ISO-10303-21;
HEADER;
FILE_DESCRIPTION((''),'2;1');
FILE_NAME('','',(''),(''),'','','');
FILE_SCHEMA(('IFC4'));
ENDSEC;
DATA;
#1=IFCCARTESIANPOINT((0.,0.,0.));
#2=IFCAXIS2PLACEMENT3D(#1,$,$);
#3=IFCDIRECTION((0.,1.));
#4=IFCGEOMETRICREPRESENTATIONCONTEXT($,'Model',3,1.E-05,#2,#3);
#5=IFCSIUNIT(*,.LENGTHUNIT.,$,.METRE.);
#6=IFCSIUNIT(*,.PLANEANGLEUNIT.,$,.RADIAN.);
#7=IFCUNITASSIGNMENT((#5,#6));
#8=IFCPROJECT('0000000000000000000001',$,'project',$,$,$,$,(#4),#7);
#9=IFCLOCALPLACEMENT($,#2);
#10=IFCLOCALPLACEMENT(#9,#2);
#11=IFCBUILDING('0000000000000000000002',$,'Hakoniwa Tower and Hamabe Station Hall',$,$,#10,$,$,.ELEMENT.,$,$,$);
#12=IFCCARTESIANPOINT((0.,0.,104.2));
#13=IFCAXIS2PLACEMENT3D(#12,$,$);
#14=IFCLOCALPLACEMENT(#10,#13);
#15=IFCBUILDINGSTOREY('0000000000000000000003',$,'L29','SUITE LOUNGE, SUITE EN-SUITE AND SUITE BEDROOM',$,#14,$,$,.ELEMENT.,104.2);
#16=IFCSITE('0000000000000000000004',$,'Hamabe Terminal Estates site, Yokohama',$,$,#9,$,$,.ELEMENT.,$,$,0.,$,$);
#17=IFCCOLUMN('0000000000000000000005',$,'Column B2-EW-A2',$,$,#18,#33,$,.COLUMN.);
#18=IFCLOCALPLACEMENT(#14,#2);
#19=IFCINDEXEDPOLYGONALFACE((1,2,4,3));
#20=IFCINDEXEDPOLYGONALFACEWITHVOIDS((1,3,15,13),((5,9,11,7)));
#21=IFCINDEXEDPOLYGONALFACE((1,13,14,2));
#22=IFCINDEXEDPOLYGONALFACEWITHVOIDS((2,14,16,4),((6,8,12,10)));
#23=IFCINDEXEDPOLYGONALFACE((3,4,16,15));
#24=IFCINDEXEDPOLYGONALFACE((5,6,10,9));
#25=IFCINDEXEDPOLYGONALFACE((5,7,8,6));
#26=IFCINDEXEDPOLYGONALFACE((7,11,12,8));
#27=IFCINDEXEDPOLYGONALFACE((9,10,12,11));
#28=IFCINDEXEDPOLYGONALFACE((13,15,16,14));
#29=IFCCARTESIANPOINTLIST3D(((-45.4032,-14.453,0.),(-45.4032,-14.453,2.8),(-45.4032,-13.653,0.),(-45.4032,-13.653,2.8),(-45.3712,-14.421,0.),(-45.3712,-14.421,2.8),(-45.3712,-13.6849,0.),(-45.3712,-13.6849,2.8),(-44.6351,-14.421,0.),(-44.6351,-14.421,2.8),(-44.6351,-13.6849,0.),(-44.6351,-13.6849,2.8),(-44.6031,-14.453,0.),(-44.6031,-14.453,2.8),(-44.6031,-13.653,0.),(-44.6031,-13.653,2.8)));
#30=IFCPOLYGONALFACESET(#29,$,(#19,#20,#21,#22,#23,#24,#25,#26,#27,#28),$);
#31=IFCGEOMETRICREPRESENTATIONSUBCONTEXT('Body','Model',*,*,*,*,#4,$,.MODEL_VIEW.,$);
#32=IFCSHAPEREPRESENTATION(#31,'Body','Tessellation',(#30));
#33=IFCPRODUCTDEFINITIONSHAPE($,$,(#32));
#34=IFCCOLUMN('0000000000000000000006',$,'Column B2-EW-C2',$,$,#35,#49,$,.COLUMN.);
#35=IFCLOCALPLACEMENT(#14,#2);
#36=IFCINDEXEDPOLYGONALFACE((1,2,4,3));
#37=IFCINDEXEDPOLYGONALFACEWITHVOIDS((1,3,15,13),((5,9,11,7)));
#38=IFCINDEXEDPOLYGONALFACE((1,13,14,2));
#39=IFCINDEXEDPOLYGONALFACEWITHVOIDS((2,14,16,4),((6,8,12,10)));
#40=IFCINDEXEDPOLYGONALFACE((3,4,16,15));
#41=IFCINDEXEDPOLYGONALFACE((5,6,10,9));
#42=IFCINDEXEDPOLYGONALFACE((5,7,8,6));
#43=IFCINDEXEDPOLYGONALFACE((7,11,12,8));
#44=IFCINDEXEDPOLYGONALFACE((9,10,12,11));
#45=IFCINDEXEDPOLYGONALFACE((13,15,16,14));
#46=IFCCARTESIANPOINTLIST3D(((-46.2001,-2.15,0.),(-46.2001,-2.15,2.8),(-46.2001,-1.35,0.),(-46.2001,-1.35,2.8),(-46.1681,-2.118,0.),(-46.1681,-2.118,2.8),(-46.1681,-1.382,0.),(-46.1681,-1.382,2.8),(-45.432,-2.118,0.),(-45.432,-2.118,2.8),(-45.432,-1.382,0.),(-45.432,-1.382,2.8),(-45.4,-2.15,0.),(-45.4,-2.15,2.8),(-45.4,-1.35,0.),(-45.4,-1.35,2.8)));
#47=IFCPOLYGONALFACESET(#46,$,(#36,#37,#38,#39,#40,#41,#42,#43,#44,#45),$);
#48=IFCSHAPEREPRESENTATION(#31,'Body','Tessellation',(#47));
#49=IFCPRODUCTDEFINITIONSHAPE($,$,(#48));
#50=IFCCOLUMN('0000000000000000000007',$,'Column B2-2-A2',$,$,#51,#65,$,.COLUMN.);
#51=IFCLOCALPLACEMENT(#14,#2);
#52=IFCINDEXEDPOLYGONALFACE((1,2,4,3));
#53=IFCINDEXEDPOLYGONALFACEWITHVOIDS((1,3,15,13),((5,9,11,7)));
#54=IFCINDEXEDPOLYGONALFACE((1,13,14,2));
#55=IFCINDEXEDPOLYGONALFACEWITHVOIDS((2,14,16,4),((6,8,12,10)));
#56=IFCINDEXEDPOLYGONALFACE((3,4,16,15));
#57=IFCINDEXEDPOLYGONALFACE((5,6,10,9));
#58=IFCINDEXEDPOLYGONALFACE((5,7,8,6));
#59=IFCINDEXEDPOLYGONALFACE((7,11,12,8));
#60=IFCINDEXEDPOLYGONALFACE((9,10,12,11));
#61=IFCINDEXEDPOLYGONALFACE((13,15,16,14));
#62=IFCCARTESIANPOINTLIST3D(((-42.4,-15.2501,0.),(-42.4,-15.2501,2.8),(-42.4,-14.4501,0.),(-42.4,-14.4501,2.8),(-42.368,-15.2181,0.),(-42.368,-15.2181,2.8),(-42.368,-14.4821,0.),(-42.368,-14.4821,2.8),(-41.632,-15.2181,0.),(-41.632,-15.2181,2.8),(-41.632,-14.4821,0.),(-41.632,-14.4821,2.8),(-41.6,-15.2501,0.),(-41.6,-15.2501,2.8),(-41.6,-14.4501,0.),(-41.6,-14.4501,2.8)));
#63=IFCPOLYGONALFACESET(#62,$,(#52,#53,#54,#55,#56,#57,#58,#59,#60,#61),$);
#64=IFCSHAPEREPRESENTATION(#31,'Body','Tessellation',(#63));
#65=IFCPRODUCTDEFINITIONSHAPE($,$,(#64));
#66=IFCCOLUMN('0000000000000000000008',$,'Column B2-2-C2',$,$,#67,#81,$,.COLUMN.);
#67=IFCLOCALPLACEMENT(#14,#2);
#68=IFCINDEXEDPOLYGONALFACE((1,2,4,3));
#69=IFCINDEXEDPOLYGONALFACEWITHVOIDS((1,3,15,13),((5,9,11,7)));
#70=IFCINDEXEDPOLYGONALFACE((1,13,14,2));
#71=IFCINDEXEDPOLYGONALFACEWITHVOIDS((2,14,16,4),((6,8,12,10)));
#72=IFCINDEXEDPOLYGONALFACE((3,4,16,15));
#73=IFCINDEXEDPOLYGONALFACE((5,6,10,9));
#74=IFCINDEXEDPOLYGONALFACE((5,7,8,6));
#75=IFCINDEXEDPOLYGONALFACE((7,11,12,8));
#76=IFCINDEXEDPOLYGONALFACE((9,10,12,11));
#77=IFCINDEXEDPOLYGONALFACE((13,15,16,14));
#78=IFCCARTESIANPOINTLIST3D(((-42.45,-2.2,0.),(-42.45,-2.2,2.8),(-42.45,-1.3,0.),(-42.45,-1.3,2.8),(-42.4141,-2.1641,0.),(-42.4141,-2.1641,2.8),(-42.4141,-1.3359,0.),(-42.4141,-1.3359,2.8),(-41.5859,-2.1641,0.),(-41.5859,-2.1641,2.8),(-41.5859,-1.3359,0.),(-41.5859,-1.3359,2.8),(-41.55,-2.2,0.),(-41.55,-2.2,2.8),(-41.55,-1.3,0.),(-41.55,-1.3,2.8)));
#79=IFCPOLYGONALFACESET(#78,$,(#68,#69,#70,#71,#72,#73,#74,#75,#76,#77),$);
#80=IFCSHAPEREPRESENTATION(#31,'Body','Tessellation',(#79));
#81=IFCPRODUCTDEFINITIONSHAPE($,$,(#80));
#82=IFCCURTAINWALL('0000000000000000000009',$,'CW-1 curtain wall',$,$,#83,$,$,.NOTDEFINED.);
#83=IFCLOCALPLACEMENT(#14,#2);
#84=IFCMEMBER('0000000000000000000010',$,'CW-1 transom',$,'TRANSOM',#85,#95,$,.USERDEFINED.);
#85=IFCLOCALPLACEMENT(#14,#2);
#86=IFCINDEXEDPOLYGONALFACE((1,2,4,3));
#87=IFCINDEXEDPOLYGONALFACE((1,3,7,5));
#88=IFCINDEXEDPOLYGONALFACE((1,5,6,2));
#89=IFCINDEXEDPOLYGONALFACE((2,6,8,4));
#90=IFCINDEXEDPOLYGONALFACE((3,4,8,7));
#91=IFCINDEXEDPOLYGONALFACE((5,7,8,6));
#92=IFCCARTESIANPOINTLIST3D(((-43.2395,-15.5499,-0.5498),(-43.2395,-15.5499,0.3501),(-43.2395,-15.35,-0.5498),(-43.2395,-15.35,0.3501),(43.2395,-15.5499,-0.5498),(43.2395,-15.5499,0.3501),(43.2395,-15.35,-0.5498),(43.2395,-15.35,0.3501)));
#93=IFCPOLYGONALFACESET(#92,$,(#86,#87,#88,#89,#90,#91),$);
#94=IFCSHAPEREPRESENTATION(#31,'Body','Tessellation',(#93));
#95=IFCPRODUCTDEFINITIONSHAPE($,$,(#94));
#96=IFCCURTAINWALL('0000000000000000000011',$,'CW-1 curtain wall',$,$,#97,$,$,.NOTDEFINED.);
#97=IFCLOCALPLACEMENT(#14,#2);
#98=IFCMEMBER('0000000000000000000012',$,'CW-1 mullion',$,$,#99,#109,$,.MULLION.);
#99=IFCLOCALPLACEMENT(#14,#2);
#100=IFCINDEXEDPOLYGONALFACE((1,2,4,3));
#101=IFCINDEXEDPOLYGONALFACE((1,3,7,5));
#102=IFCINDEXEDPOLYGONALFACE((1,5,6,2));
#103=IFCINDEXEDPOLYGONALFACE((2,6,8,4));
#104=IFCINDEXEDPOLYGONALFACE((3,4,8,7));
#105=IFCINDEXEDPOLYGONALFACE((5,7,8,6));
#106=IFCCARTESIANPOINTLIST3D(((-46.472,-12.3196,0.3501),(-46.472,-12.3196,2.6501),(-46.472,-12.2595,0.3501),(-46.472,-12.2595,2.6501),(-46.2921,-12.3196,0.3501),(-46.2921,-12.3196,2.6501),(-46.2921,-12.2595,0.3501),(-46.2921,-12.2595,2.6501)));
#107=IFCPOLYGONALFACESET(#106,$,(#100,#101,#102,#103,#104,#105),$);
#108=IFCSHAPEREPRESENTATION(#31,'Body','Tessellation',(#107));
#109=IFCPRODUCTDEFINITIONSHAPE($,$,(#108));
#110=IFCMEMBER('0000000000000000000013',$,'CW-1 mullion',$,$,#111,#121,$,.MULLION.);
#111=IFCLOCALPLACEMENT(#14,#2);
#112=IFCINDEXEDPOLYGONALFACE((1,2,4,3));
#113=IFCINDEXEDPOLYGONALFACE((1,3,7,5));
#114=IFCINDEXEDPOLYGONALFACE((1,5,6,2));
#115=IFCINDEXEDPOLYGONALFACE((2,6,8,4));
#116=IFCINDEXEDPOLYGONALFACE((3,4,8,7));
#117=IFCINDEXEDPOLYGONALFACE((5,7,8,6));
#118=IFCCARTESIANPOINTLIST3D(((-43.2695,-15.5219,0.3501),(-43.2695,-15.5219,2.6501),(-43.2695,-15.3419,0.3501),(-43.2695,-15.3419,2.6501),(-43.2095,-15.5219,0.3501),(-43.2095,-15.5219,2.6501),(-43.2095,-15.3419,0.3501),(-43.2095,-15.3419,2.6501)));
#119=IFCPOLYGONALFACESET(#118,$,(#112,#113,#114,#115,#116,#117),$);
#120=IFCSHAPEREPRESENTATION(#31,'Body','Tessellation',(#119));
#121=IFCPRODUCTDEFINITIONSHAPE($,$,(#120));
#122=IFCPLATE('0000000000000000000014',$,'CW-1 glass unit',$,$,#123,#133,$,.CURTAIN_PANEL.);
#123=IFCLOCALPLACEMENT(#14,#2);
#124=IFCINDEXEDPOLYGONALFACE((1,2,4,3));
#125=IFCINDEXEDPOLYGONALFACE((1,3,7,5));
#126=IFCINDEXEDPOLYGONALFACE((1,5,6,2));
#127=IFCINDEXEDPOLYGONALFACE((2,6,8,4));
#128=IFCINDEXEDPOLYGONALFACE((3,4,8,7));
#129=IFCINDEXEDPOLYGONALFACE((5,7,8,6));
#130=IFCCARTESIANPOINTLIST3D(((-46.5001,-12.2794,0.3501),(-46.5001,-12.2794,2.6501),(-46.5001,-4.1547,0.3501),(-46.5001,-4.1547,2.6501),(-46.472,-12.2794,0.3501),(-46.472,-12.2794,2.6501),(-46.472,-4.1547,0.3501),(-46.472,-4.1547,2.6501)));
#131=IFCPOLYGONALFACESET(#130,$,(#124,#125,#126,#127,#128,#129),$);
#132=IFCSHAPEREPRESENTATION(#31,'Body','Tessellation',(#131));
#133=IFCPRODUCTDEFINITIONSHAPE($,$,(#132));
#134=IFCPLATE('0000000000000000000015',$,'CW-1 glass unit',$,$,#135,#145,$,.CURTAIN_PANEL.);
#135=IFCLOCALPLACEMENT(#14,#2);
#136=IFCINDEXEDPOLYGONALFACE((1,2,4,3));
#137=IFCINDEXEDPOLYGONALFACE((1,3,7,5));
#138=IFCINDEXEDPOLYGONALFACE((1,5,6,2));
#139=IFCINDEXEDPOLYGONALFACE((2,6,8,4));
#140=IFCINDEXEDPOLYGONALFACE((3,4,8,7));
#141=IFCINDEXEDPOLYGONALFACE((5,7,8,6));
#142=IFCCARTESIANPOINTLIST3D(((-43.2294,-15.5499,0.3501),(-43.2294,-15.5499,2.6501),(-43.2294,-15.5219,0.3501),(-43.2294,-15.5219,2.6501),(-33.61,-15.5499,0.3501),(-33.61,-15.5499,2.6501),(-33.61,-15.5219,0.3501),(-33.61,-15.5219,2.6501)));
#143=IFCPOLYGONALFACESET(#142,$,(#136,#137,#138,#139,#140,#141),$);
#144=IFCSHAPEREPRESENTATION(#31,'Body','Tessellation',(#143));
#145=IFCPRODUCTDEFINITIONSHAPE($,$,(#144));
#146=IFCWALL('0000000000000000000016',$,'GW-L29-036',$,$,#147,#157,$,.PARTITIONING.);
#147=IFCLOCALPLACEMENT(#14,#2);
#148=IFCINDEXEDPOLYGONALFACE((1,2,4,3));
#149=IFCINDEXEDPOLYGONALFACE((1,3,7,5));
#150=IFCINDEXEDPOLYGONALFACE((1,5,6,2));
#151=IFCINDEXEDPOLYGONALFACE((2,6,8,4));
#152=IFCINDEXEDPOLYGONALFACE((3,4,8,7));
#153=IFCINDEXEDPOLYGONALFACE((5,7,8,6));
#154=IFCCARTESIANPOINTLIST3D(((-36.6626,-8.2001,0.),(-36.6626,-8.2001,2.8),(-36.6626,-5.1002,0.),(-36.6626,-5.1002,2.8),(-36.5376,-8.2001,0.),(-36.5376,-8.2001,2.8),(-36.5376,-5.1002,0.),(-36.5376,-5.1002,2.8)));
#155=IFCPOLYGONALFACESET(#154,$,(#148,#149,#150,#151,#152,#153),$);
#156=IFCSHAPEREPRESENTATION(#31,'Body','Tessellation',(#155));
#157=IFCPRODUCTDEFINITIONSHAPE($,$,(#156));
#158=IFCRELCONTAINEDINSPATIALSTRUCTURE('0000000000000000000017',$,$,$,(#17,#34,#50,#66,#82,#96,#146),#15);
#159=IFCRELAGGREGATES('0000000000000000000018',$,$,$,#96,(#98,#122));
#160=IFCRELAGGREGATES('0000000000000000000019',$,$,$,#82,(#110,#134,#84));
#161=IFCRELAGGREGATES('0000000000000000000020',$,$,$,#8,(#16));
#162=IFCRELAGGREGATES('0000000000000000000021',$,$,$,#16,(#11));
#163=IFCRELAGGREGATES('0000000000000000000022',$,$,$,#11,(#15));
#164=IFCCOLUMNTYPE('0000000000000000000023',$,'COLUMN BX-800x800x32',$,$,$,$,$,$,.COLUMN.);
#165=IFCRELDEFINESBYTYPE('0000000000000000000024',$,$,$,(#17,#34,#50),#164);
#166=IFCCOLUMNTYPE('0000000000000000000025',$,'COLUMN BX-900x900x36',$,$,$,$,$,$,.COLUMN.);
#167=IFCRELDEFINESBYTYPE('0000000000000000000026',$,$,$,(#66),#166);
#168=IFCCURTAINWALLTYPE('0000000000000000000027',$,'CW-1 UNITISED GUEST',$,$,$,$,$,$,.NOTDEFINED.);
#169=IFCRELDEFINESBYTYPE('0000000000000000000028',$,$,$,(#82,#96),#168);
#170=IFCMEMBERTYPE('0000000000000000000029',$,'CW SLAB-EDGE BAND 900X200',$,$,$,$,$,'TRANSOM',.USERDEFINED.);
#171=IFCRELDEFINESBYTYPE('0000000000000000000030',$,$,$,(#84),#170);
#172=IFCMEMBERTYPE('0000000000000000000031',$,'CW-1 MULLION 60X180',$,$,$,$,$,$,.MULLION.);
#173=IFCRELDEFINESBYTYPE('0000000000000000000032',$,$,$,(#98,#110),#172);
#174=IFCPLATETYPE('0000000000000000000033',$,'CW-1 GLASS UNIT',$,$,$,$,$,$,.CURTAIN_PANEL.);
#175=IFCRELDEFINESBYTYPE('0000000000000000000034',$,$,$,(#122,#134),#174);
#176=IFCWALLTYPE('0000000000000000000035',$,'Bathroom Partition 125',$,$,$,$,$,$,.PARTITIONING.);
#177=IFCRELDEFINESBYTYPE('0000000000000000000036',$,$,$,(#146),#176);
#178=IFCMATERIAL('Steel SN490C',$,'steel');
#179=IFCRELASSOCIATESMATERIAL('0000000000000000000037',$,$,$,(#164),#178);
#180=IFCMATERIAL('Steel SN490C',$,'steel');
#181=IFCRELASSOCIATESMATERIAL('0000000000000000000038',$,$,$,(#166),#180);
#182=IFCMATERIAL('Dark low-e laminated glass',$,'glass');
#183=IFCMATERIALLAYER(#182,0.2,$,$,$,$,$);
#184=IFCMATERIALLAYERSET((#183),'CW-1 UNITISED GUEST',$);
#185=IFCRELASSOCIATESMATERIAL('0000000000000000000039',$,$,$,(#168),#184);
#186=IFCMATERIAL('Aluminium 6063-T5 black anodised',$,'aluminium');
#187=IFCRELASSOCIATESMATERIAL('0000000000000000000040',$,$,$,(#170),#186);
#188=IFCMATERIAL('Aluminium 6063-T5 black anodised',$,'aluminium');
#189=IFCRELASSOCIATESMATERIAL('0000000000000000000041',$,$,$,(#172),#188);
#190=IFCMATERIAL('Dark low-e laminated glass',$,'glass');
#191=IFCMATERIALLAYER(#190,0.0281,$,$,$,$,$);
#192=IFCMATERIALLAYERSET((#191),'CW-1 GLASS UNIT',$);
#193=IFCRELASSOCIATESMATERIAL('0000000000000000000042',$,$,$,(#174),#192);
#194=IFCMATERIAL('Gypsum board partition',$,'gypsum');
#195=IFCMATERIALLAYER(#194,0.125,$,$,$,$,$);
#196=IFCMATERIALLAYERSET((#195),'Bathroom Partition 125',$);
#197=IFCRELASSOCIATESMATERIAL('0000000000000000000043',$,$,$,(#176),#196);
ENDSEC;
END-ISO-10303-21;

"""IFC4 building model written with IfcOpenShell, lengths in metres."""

from ifc_helpers import new_model, si_unit, direction, frame, frame_2d, origin, origin_2d, place, context, subcontext, project, spatial, rectangle, hollow_rectangle, extrude, material, layer, layer_set, material_profile, profile_set, type_object, element, aggregate, save


model = new_model("IFC4")

# Units and contexts
model_context = context("Model", 3, precision=1e-05, world=origin(), true_north=direction((0.0, 1.0)))
body_context = subcontext(model_context, "Body", "Model", "MODEL_VIEW")
ifc_project = project(units=[si_unit("LENGTHUNIT", "METRE"), si_unit("PLANEANGLEUNIT", "RADIAN")], contexts=[model_context])

# Site, building, storey
site_placement = place(None, origin())
site = spatial("IfcSite", under=ifc_project, at=site_placement, Name="Hamabe Terminal Estates site, Yokohama", CompositionType="ELEMENT", RefElevation=0.0)
building_placement = place(site_placement, origin())
building = spatial("IfcBuilding", under=site, at=building_placement, Name="Hakoniwa Tower and Hamabe Station Hall", CompositionType="ELEMENT")
storey_placement = place(building_placement, frame((0.0, 0.0, 104.2)))
storey = spatial("IfcBuildingStorey", under=building, at=storey_placement, Name="L29", Description="SUITE LOUNGE, SUITE EN-SUITE AND SUITE BEDROOM", CompositionType="ELEMENT", Elevation=104.2)

# Columns
ifc_material_1 = material(Name="Steel SN490C", Category="steel")
ifc_material_profile_1 = material_profile(ifc_material_1, hollow_rectangle(XDim=0.8, YDim=0.8, WallThickness=0.032, at=origin_2d()), Name="BX-800x800x32")
ifc_profile_set_1 = profile_set([ifc_material_profile_1], Name="Steel SN490C")
column_type_1 = type_object("IfcColumnType", Name="COLUMN BX-800x800x32", PredefinedType="COLUMN", material=ifc_profile_set_1)
for number, where, z_axis, x_axis, name in (
    (1, (-45.0032, -14.053, 0.0), (0.0, 0.0, 1.0), (1.0, 0.0, 0.0), "Column B2-EW-A2"),
    (2, (-45.8, -1.75, 0.0), (0.0, 0.0, 1.0), (1.0, 0.0, 0.0), "Column B2-EW-C2"),
    (3, (-42.0, -14.8501, 0.0), (0.0, 0.0, 1.0), (1.0, 0.0, 0.0), "Column B2-2-A2"),
):
    element("IfcColumn", number, at=place(storey_placement, frame(where, z_axis=z_axis, x_axis=x_axis)), inside=storey, type_object=column_type_1, Name=name, PredefinedType="COLUMN", context=body_context, shape_type="SweptSolid", body=[
        extrude(hollow_rectangle(XDim=0.8, YDim=0.8, WallThickness=0.032, at=origin_2d()), origin(), (0.0, 0.0, 1.0), 2.8),
    ])
ifc_material_2 = material(Name="Steel SN490C", Category="steel")
ifc_material_profile_2 = material_profile(ifc_material_2, hollow_rectangle(XDim=0.8999, YDim=0.8999, WallThickness=0.0359, at=origin_2d()), Name="BX-900x900x36")
ifc_profile_set_2 = profile_set([ifc_material_profile_2], Name="Steel SN490C")
column_type_2 = type_object("IfcColumnType", Name="COLUMN BX-900x900x36", PredefinedType="COLUMN", material=ifc_profile_set_2)
column_placement = place(storey_placement, frame((-42.0, -1.75, 0.0), z_axis=(0.0, 0.0, 1.0), x_axis=(1.0, 0.0, 0.0)))
element("IfcColumn", 4, at=column_placement, inside=storey, type_object=column_type_2, Name="Column B2-2-C2", PredefinedType="COLUMN", context=body_context, shape_type="SweptSolid", body=[
    extrude(hollow_rectangle(XDim=0.8999, YDim=0.8999, WallThickness=0.0359, at=origin_2d()), origin(), (0.0, 0.0, 1.0), 2.8),
])

# Curtain walls, members
ifc_material_3 = material(Name="Dark low-e laminated glass", Category="glass")
ifc_layer_1 = layer(ifc_material_3, 0.2)
ifc_layer_set_1 = layer_set([ifc_layer_1], Name="CW-1 UNITISED GUEST")
curtain_wall_type = type_object("IfcCurtainWallType", Name="CW-1 UNITISED GUEST", PredefinedType="NOTDEFINED", material=ifc_layer_set_1)
curtain_wall_1_placement = place(storey_placement, origin())
curtain_wall_1 = element("IfcCurtainWall", 5, at=curtain_wall_1_placement, inside=storey, type_object=curtain_wall_type, Name="CW-1 curtain wall", PredefinedType="NOTDEFINED")
ifc_material_4 = material(Name="Aluminium 6063-T5 black anodised", Category="aluminium")
ifc_material_profile_3 = material_profile(ifc_material_4, rectangle(XDim=0.2, YDim=0.8999, at=origin_2d()), Name="CW SLAB-EDGE BAND 900X200")
ifc_profile_set_3 = profile_set([ifc_material_profile_3], Name="Aluminium 6063-T5 black anodised")
member_type_1 = type_object("IfcMemberType", Name="CW SLAB-EDGE BAND 900X200", ElementType="TRANSOM", PredefinedType="USERDEFINED", material=ifc_profile_set_3)
member_1_placement = place(storey_placement, frame((-43.2395, -15.45, -0.0999), z_axis=(1.0, 0.0, 0.0), x_axis=(0.0, 1.0, 0.0)))
member_1 = element("IfcMember", 6, at=member_1_placement, type_object=member_type_1, Name="CW-1 transom", ObjectType="TRANSOM", PredefinedType="USERDEFINED", context=body_context, shape_type="SweptSolid", body=[
    extrude(rectangle(XDim=0.2, YDim=0.8999, at=origin_2d()), origin(), (0.0, 0.0, 1.0), 86.479),
])
curtain_wall_2_placement = place(storey_placement, origin())
curtain_wall_2 = element("IfcCurtainWall", 7, at=curtain_wall_2_placement, inside=storey, type_object=curtain_wall_type, Name="CW-1 curtain wall", PredefinedType="NOTDEFINED")
ifc_material_5 = material(Name="Aluminium 6063-T5 black anodised", Category="aluminium")
ifc_material_profile_4 = material_profile(ifc_material_5, rectangle(XDim=0.0601, YDim=0.1799, at=origin_2d()), Name="CW-1 MULLION 60X180")
ifc_profile_set_4 = profile_set([ifc_material_profile_4], Name="Aluminium 6063-T5 black anodised")
member_type_2 = type_object("IfcMemberType", Name="CW-1 MULLION 60X180", PredefinedType="MULLION", material=ifc_profile_set_4)
member_2_placement = place(storey_placement, frame((-46.3821, -12.2896, 0.3501), z_axis=(0.0, 0.0, 1.0), x_axis=(0.0, -1.0, 0.0)))
member_2 = element("IfcMember", 8, at=member_2_placement, type_object=member_type_2, Name="CW-1 mullion", PredefinedType="MULLION", context=body_context, shape_type="SweptSolid", body=[
    extrude(rectangle(XDim=0.0601, YDim=0.1799, at=origin_2d()), origin(), (0.0, 0.0, 1.0), 2.3),
])

# Member
member_3_placement = place(storey_placement, frame((-43.2395, -15.4319, 0.3501), z_axis=(0.0, 0.0, 1.0), x_axis=(1.0, 0.0, 0.0)))
member_3 = element("IfcMember", 9, at=member_3_placement, type_object=member_type_2, Name="CW-1 mullion", PredefinedType="MULLION", context=body_context, shape_type="SweptSolid", body=[
    extrude(rectangle(XDim=0.0601, YDim=0.1799, at=origin_2d()), origin(), (0.0, 0.0, 1.0), 2.3),
])

# Plates
ifc_material_6 = material(Name="Dark low-e laminated glass", Category="glass")
ifc_layer_2 = layer(ifc_material_6, 0.0281)
ifc_layer_set_2 = layer_set([ifc_layer_2], Name="CW-1 GLASS UNIT")
plate_type = type_object("IfcPlateType", Name="CW-1 GLASS UNIT", PredefinedType="CURTAIN_PANEL", material=ifc_layer_set_2)
plate_1_placement = place(storey_placement, frame((-46.4861, -8.217, 0.3501), z_axis=(0.0, 0.0, 1.0), x_axis=(0.0, -1.0, 0.0)))
plate_1 = element("IfcPlate", 10, at=plate_1_placement, type_object=plate_type, Name="CW-1 glass unit", PredefinedType="CURTAIN_PANEL", context=body_context, shape_type="SweptSolid", body=[
    extrude(rectangle(XDim=8.1248, YDim=0.0281, at=origin_2d()), origin(), (0.0, 0.0, 1.0), 2.3),
])
aggregate(curtain_wall_2, [member_2, plate_1])
plate_2_placement = place(storey_placement, frame((-38.4197, -15.5359, 0.3501), z_axis=(0.0, 0.0, 1.0), x_axis=(1.0, 0.0, 0.0)))
plate_2 = element("IfcPlate", 11, at=plate_2_placement, type_object=plate_type, Name="CW-1 glass unit", PredefinedType="CURTAIN_PANEL", context=body_context, shape_type="SweptSolid", body=[
    extrude(rectangle(XDim=9.6194, YDim=0.0281, at=origin_2d()), origin(), (0.0, 0.0, 1.0), 2.3),
])
aggregate(curtain_wall_1, [member_3, plate_2, member_1])

# Wall
ifc_material_7 = material(Name="Gypsum board partition", Category="gypsum")
ifc_layer_3 = layer(ifc_material_7, 0.125)
ifc_layer_set_3 = layer_set([ifc_layer_3], Name="Bathroom Partition 125")
wall_type_1 = type_object("IfcWallType", Name="Bathroom Partition 125", PredefinedType="PARTITIONING", material=ifc_layer_set_3)
wall_1_placement = place(storey_placement, frame((-36.6001, -8.2, 0.0), z_axis=(0.0, 0.0, 1.0), x_axis=(0.0, 1.0, 0.0)))
element("IfcWall", 12, at=wall_1_placement, inside=storey, type_object=wall_type_1, Name="GW-L29-036", PredefinedType="PARTITIONING", context=body_context, shape_type="SweptSolid", body=[
    extrude(rectangle(XDim=3.0999, YDim=0.125, at=frame_2d((1.5498, 0.0))), origin(), (0.0, 0.0, 1.0), 2.8),
])

save(model, "model.ifc")
